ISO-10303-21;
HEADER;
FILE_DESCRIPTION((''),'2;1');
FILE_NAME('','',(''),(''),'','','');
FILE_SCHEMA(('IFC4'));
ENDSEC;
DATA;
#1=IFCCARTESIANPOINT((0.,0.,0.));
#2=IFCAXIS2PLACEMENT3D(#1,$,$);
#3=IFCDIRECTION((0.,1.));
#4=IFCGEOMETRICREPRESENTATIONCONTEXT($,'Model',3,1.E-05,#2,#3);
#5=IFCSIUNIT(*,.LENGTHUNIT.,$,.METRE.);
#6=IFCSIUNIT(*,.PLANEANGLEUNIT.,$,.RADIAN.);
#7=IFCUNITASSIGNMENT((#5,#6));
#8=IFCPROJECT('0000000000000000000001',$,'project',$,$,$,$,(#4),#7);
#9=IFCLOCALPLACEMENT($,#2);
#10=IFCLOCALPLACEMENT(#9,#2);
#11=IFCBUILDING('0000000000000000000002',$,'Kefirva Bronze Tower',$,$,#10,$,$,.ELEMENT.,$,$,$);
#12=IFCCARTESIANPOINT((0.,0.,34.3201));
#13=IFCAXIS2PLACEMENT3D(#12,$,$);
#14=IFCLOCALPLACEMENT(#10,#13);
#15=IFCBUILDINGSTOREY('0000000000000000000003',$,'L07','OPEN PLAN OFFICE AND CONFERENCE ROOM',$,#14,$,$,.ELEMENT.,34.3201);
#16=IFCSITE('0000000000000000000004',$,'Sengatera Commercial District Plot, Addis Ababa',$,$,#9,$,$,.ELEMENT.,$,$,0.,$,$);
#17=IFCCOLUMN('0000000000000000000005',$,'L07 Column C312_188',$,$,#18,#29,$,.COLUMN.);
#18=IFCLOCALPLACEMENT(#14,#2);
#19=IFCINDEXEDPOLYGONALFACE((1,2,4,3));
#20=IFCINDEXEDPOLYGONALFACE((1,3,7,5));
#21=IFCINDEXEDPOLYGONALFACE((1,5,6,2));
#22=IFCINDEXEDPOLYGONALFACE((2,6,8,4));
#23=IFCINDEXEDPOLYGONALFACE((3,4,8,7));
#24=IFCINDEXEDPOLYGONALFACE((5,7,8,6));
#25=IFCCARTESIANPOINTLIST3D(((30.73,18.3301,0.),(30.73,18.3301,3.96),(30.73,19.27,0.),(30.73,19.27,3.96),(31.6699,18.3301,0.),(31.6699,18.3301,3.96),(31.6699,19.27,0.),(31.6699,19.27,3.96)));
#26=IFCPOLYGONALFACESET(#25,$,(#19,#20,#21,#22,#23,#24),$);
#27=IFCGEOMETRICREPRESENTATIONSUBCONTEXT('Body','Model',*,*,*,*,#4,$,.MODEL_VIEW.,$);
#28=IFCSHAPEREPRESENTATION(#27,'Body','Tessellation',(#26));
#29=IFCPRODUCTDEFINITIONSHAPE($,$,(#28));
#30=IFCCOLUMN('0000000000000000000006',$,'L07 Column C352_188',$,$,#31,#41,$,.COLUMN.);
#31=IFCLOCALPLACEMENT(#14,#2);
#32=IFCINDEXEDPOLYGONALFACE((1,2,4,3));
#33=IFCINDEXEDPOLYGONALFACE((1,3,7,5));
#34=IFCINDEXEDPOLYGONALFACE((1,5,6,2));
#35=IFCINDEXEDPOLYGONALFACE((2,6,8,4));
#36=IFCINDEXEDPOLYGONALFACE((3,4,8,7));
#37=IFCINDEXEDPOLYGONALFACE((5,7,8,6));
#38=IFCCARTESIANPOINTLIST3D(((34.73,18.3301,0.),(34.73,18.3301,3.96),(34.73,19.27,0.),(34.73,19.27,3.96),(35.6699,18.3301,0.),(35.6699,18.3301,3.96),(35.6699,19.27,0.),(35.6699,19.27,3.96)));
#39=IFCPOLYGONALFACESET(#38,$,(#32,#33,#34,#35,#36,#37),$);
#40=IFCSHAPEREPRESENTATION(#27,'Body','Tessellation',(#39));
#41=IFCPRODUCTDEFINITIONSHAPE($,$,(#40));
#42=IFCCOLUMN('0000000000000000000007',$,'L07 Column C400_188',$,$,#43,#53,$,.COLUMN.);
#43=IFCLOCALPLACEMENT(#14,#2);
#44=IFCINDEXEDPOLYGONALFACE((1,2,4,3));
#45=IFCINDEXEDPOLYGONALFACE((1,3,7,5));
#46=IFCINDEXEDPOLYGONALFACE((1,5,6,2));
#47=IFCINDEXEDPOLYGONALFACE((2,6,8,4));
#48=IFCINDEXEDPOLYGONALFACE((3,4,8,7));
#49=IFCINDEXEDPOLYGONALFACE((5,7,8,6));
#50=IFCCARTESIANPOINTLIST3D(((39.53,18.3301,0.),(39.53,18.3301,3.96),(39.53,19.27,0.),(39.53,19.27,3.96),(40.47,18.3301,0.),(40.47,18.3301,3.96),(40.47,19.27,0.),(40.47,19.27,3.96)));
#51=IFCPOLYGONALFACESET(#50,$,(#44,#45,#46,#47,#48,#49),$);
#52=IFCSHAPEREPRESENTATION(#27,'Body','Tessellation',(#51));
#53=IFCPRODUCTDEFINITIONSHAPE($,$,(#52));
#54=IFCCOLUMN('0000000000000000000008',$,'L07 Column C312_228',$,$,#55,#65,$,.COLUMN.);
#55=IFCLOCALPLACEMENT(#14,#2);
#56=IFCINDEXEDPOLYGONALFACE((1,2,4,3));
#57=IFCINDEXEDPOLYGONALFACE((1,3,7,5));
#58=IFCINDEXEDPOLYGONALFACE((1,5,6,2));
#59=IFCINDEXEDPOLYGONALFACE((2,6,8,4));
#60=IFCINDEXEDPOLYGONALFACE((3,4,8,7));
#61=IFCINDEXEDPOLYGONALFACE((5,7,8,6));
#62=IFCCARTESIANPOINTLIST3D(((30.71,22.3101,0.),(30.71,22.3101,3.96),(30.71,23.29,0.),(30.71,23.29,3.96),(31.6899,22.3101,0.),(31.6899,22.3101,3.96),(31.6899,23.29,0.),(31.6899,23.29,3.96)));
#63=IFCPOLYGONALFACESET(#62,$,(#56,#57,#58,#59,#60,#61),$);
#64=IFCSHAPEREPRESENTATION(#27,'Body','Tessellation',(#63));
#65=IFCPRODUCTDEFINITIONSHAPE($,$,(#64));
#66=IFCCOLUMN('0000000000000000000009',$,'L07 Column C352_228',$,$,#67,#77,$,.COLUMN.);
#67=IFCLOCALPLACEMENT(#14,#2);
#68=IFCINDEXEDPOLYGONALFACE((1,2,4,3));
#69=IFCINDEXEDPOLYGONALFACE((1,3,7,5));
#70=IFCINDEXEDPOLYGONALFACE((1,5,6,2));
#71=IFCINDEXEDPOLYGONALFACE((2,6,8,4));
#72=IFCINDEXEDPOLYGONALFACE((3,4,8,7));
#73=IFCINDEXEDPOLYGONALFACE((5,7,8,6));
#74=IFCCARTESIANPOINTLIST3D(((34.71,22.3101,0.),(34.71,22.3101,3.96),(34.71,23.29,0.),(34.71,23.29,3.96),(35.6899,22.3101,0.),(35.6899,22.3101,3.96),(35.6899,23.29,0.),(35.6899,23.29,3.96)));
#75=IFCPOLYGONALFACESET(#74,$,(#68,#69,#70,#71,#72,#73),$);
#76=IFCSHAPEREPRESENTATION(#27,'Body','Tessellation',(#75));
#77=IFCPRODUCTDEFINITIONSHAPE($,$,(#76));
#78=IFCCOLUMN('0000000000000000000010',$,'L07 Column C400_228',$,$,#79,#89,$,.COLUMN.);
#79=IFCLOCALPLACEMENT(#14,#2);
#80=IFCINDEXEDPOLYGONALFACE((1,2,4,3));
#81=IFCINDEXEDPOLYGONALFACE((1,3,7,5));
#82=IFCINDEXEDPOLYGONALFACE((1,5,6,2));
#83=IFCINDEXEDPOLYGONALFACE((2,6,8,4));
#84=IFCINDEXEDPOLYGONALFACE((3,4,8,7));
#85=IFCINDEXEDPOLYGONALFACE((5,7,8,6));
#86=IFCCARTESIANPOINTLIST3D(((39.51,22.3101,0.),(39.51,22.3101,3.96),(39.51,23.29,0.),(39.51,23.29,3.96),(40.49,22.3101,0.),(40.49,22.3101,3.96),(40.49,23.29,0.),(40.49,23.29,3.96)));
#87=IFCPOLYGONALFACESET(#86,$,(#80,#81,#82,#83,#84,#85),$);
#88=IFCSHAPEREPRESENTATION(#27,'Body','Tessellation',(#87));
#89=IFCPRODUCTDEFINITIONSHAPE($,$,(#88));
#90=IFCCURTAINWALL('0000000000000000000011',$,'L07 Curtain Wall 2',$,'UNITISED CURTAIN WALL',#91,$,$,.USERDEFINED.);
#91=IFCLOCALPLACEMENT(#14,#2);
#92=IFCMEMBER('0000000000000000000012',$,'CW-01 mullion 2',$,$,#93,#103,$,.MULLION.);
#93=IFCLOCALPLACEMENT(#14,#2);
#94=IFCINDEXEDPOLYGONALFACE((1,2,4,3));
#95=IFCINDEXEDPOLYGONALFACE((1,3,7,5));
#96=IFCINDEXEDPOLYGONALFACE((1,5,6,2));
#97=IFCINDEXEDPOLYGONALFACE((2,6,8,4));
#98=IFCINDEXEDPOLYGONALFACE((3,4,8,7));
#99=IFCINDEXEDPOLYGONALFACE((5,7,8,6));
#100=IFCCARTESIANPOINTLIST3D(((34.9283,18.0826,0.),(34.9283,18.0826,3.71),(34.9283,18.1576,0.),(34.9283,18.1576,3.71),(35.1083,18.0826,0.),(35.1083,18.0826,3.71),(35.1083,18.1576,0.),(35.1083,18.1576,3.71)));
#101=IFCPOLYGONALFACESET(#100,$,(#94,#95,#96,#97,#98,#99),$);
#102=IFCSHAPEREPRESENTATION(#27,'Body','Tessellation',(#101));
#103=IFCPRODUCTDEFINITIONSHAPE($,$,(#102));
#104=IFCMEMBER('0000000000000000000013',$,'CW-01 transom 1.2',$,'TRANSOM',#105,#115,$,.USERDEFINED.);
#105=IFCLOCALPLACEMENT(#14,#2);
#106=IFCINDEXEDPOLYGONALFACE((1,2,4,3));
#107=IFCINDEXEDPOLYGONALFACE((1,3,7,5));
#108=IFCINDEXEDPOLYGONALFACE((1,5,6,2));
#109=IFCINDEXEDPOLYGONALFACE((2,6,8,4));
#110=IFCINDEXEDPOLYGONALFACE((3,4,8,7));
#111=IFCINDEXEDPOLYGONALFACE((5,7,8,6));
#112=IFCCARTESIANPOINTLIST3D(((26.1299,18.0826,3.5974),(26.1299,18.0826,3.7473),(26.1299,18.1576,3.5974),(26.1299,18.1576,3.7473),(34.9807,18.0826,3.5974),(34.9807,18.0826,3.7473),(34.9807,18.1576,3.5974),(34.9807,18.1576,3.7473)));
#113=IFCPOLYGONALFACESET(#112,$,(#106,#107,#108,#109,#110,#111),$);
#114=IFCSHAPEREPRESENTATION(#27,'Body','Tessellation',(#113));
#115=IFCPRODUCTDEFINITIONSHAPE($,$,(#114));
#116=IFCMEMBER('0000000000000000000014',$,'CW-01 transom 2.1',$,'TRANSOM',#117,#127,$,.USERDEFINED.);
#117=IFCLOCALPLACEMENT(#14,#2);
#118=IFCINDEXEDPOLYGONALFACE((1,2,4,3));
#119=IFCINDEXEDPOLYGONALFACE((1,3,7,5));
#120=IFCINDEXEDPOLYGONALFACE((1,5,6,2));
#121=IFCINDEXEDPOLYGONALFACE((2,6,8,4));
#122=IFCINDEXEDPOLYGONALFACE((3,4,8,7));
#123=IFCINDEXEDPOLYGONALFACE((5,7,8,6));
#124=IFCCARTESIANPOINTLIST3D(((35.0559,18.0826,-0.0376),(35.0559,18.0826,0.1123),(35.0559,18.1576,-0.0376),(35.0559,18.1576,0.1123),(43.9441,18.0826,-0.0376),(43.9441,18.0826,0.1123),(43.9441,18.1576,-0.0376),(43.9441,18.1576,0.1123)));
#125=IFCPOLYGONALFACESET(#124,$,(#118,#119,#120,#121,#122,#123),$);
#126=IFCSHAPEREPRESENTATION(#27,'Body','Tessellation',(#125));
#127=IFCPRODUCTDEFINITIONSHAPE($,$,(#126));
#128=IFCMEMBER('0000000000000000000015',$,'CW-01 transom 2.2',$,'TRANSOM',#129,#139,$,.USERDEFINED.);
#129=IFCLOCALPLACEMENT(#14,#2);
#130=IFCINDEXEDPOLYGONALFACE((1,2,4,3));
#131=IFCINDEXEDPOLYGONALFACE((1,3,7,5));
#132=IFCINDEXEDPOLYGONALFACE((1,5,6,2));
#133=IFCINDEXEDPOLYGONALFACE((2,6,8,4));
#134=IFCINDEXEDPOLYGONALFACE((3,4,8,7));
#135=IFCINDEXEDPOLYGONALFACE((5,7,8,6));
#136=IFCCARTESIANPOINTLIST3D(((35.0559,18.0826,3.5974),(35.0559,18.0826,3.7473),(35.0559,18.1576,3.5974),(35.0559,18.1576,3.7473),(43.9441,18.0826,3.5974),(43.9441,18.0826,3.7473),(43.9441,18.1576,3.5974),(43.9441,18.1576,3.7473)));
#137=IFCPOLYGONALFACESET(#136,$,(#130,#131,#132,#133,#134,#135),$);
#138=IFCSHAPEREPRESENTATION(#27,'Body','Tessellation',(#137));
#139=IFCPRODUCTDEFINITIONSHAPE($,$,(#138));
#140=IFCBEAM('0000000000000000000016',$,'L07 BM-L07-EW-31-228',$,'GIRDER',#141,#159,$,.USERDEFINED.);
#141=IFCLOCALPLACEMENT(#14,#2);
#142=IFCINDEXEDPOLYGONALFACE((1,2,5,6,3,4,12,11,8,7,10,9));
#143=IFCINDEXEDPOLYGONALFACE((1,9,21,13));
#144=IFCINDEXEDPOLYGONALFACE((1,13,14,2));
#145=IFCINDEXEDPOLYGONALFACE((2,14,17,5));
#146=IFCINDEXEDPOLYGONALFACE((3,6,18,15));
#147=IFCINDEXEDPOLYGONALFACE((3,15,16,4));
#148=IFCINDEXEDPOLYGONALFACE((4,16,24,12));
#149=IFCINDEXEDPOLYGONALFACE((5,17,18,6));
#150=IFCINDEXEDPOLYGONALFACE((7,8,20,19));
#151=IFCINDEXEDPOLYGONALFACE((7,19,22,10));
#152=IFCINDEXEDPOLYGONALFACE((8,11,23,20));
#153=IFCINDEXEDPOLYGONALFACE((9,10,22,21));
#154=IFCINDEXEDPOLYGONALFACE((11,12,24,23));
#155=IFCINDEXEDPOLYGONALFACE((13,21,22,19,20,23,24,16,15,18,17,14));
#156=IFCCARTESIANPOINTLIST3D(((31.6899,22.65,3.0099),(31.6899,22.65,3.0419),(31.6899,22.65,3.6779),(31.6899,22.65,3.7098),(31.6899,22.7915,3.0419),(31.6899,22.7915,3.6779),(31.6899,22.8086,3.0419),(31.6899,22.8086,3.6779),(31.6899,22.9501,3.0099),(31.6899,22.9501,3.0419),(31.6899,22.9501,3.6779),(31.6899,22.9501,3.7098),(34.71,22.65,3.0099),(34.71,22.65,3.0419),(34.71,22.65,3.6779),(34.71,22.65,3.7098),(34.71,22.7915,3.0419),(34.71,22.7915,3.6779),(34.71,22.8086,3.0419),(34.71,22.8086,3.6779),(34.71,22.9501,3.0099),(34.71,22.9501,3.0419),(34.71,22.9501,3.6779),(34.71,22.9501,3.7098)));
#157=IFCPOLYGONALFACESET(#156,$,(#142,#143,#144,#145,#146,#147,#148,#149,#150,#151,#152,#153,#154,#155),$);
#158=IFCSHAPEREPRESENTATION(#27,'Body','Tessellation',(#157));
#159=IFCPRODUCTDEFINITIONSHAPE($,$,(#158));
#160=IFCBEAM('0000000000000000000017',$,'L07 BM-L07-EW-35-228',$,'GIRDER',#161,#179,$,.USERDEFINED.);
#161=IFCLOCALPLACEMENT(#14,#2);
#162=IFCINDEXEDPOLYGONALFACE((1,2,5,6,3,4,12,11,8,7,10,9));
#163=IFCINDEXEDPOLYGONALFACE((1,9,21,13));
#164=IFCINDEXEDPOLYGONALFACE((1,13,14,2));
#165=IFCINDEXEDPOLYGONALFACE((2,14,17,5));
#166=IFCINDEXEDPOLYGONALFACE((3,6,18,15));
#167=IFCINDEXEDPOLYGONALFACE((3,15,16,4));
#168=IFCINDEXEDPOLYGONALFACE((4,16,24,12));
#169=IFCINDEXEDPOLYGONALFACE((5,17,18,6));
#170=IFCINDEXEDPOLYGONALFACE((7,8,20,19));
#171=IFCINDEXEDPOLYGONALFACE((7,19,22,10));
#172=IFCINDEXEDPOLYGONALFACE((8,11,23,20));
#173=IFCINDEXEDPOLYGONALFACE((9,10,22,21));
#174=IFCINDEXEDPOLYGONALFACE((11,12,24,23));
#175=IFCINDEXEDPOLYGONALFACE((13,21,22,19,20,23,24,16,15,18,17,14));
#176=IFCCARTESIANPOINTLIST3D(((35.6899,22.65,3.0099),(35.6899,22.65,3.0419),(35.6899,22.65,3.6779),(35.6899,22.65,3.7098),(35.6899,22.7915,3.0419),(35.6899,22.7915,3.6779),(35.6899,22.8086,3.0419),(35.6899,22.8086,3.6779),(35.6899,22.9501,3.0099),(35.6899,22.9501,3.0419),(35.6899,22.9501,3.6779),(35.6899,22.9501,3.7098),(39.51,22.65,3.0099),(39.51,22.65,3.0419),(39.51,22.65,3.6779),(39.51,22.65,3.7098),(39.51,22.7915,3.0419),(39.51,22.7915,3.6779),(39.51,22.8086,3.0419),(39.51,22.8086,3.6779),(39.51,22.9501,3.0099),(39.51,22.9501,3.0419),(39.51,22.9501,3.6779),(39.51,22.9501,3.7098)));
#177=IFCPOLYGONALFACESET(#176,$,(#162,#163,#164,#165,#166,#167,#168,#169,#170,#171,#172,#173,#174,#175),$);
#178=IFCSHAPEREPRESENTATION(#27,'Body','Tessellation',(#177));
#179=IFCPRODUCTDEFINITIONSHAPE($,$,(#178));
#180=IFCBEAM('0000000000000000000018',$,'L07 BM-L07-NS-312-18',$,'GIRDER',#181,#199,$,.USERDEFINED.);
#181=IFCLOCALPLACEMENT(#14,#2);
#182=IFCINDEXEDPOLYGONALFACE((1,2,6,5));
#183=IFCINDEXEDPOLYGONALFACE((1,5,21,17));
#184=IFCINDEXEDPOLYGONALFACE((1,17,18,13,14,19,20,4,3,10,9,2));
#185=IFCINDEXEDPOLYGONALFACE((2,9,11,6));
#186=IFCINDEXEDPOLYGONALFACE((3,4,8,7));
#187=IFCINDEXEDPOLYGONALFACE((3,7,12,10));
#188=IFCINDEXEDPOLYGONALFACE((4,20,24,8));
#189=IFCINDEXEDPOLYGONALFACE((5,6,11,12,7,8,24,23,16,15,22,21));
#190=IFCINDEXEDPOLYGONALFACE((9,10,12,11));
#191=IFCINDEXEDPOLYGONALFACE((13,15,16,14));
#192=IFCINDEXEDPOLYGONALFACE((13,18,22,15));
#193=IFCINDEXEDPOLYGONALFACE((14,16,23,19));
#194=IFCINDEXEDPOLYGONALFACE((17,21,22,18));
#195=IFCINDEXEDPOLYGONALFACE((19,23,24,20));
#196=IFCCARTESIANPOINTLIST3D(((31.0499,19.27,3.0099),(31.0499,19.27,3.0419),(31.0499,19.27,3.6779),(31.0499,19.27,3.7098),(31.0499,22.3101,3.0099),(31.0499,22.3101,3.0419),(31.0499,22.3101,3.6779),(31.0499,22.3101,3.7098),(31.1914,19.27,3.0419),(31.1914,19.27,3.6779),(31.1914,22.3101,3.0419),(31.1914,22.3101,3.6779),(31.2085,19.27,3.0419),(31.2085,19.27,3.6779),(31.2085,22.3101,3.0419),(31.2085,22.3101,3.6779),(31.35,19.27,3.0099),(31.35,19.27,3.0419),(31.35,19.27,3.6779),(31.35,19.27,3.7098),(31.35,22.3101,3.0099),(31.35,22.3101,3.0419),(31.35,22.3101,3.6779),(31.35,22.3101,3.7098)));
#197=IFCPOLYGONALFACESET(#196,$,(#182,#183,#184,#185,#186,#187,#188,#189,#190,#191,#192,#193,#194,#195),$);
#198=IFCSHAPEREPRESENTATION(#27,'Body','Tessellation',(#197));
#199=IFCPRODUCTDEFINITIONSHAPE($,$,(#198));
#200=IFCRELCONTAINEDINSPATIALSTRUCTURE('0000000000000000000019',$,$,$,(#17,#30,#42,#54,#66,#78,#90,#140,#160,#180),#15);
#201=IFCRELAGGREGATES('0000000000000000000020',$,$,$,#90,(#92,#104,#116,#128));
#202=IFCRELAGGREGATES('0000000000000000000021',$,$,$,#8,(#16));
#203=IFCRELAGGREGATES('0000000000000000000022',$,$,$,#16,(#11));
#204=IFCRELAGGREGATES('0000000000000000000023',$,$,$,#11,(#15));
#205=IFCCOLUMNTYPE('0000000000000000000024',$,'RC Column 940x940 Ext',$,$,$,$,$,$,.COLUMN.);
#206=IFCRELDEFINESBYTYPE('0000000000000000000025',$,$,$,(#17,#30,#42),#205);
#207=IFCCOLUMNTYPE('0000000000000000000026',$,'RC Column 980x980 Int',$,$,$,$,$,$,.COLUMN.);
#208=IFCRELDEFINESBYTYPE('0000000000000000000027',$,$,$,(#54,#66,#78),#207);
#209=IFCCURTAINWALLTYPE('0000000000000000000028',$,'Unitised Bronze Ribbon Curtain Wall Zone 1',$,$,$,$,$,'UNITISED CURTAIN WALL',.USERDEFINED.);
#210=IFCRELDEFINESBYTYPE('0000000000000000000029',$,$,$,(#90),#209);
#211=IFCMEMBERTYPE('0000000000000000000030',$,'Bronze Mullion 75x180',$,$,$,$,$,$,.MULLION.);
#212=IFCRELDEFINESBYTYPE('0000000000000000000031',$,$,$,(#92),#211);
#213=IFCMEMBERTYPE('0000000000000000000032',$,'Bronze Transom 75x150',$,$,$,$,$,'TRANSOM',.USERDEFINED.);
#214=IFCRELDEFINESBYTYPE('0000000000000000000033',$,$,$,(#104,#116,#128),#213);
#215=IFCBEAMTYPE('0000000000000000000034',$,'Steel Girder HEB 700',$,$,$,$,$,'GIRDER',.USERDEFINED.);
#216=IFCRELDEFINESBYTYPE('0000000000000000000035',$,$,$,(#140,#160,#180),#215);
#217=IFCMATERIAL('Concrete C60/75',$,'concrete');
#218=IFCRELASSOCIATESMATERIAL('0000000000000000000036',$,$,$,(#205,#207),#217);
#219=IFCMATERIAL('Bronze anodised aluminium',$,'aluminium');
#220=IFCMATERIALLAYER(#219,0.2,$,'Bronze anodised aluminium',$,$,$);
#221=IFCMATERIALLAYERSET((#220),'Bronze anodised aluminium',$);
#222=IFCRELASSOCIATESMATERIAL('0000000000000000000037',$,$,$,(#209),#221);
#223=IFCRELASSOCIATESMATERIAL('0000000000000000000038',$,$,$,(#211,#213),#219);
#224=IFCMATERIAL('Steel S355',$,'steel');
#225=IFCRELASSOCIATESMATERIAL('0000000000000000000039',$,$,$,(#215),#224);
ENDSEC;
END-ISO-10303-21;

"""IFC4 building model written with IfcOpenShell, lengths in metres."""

from ifc_helpers import new_model, si_unit, direction, frame, origin, origin_2d, place, context, subcontext, project, spatial, rectangle, i_section, extrude, material, layer, layer_set, material_profile, profile_set, type_object, element, aggregate, save


model = new_model("IFC4")

# Units and contexts
model_context = context("Model", 3, precision=1e-05, world=origin(), true_north=direction((0.0, 1.0)))
body_context = subcontext(model_context, "Body", "Model", "MODEL_VIEW")
ifc_project = project(units=[si_unit("LENGTHUNIT", "METRE"), si_unit("PLANEANGLEUNIT", "RADIAN")], contexts=[model_context])

# Site, building, storey
site_placement = place(None, origin())
site = spatial("IfcSite", under=ifc_project, at=site_placement, Name="Sengatera Commercial District Plot, Addis Ababa", CompositionType="ELEMENT", RefElevation=0.0)
building_placement = place(site_placement, origin())
building = spatial("IfcBuilding", under=site, at=building_placement, Name="Kefirva Bronze Tower", CompositionType="ELEMENT")
storey_placement = place(building_placement, frame((0.0, 0.0, 34.3201)))
storey = spatial("IfcBuildingStorey", under=building, at=storey_placement, Name="L07", Description="OPEN PLAN OFFICE AND CONFERENCE ROOM", CompositionType="ELEMENT", Elevation=34.3201)

# Columns
ifc_material_1 = material(Name="Concrete C60/75", Category="concrete")
ifc_material_profile_1 = material_profile(ifc_material_1, rectangle(XDim=0.9399, YDim=0.9399, at=origin_2d()), Name="RC 940x940")
ifc_profile_set_1 = profile_set([ifc_material_profile_1], Name="Concrete C60/75")
column_type_1 = type_object("IfcColumnType", Name="RC Column 940x940 Ext", PredefinedType="COLUMN", material=ifc_profile_set_1)
for number, where, z_axis, x_axis, name in (
    (1, (31.2, 18.8, 0.0), (0.0, 0.0, 1.0), (1.0, 0.0, 0.0), "L07 Column C312_188"),
    (2, (35.2, 18.8, 0.0), (0.0, 0.0, 1.0), (1.0, 0.0, 0.0), "L07 Column C352_188"),
    (3, (40.0, 18.8, 0.0), (0.0, 0.0, 1.0), (1.0, 0.0, 0.0), "L07 Column C400_188"),
):
    element("IfcColumn", number, at=place(storey_placement, frame(where, z_axis=z_axis, x_axis=x_axis)), inside=storey, type_object=column_type_1, Name=name, PredefinedType="COLUMN", context=body_context, shape_type="SweptSolid", body=[
        extrude(rectangle(XDim=0.9399, YDim=0.9399, at=origin_2d()), origin(), (0.0, 0.0, 1.0), 3.96),
    ])
ifc_material_profile_2 = material_profile(ifc_material_1, rectangle(XDim=0.98, YDim=0.98, at=origin_2d()), Name="RC 980x980")
ifc_profile_set_2 = profile_set([ifc_material_profile_2], Name="Concrete C60/75")
column_type_2 = type_object("IfcColumnType", Name="RC Column 980x980 Int", PredefinedType="COLUMN", material=ifc_profile_set_2)
for number, where, z_axis, x_axis, name in (
    (4, (31.2, 22.8, 0.0), (0.0, 0.0, 1.0), (1.0, 0.0, 0.0), "L07 Column C312_228"),
    (5, (35.2, 22.8, 0.0), (0.0, 0.0, 1.0), (1.0, 0.0, 0.0), "L07 Column C352_228"),
    (6, (40.0, 22.8, 0.0), (0.0, 0.0, 1.0), (1.0, 0.0, 0.0), "L07 Column C400_228"),
):
    element("IfcColumn", number, at=place(storey_placement, frame(where, z_axis=z_axis, x_axis=x_axis)), inside=storey, type_object=column_type_2, Name=name, PredefinedType="COLUMN", context=body_context, shape_type="SweptSolid", body=[
        extrude(rectangle(XDim=0.98, YDim=0.98, at=origin_2d()), origin(), (0.0, 0.0, 1.0), 3.96),
    ])

# Curtain wall, members
ifc_material_2 = material(Name="Bronze anodised aluminium", Category="aluminium")
ifc_layer_1 = layer(ifc_material_2, 0.2, Name="Bronze anodised aluminium")
ifc_layer_set_1 = layer_set([ifc_layer_1], Name="Bronze anodised aluminium")
curtain_wall_type = type_object("IfcCurtainWallType", Name="Unitised Bronze Ribbon Curtain Wall Zone 1", ElementType="UNITISED CURTAIN WALL", PredefinedType="USERDEFINED", material=ifc_layer_set_1)
curtain_wall_placement = place(storey_placement, origin())
curtain_wall = element("IfcCurtainWall", 7, at=curtain_wall_placement, inside=storey, type_object=curtain_wall_type, Name="L07 Curtain Wall 2", ObjectType="UNITISED CURTAIN WALL", PredefinedType="USERDEFINED")
ifc_material_profile_3 = material_profile(ifc_material_2, rectangle(XDim=0.075, YDim=0.1799, at=origin_2d()), Name="ALU 75x180")
ifc_profile_set_3 = profile_set([ifc_material_profile_3], Name="Bronze anodised aluminium")
member_type_1 = type_object("IfcMemberType", Name="Bronze Mullion 75x180", PredefinedType="MULLION", material=ifc_profile_set_3)
member_1_placement = place(storey_placement, frame((35.0183, 18.1201, 0.0), z_axis=(0.0, 0.0, 1.0), x_axis=(0.0, 1.0, 0.0)))
member_1 = element("IfcMember", 8, at=member_1_placement, type_object=member_type_1, Name="CW-01 mullion 2", PredefinedType="MULLION", context=body_context, shape_type="SweptSolid", body=[
    extrude(rectangle(XDim=0.075, YDim=0.1799, at=origin_2d()), origin(), (0.0, 0.0, 1.0), 3.71),
])
ifc_material_profile_4 = material_profile(ifc_material_2, rectangle(XDim=0.075, YDim=0.1499, at=origin_2d()), Name="ALU 75x150")
ifc_profile_set_4 = profile_set([ifc_material_profile_4], Name="Bronze anodised aluminium")
member_type_2 = type_object("IfcMemberType", Name="Bronze Transom 75x150", ElementType="TRANSOM", PredefinedType="USERDEFINED", material=ifc_profile_set_4)
member_2_placement = place(storey_placement, frame((26.1299, 18.1201, 3.6724), z_axis=(1.0, 0.0, 0.0), x_axis=(0.0, 1.0, 0.0)))
member_2 = element("IfcMember", 9, at=member_2_placement, type_object=member_type_2, Name="CW-01 transom 1.2", ObjectType="TRANSOM", PredefinedType="USERDEFINED", context=body_context, shape_type="SweptSolid", body=[
    extrude(rectangle(XDim=0.075, YDim=0.1499, at=origin_2d()), origin(), (0.0, 0.0, 1.0), 8.8508),
])
member_3_placement = place(storey_placement, frame((35.0559, 18.1201, 0.0374), z_axis=(1.0, 0.0, 0.0), x_axis=(0.0, 1.0, 0.0)))
member_3 = element("IfcMember", 10, at=member_3_placement, type_object=member_type_2, Name="CW-01 transom 2.1", ObjectType="TRANSOM", PredefinedType="USERDEFINED", context=body_context, shape_type="SweptSolid", body=[
    extrude(rectangle(XDim=0.075, YDim=0.1499, at=origin_2d()), origin(), (0.0, 0.0, 1.0), 8.8882),
])
member_4_placement = place(storey_placement, frame((35.0559, 18.1201, 3.6724), z_axis=(1.0, 0.0, 0.0), x_axis=(0.0, 1.0, 0.0)))
member_4 = element("IfcMember", 11, at=member_4_placement, type_object=member_type_2, Name="CW-01 transom 2.2", ObjectType="TRANSOM", PredefinedType="USERDEFINED", context=body_context, shape_type="SweptSolid", body=[
    extrude(rectangle(XDim=0.075, YDim=0.1499, at=origin_2d()), origin(), (0.0, 0.0, 1.0), 8.8882),
])

# Beams
ifc_material_3 = material(Name="Steel S355", Category="steel")
ifc_material_profile_5 = material_profile(ifc_material_3, i_section(OverallWidth=0.3, OverallDepth=0.7, WebThickness=0.0171, FlangeThickness=0.032, at=origin_2d()), Name="HEB 700")
ifc_profile_set_5 = profile_set([ifc_material_profile_5], Name="Steel S355")
beam_type_1 = type_object("IfcBeamType", Name="Steel Girder HEB 700", ElementType="GIRDER", PredefinedType="USERDEFINED", material=ifc_profile_set_5)
beam_1_placement = place(storey_placement, frame((31.6899, 22.8, 3.3599), z_axis=(1.0, 0.0, 0.0), x_axis=(0.0, 1.0, 0.0)))
element("IfcBeam", 12, at=beam_1_placement, inside=storey, type_object=beam_type_1, Name="L07 BM-L07-EW-31-228", ObjectType="GIRDER", PredefinedType="USERDEFINED", context=body_context, shape_type="SweptSolid", body=[
    extrude(i_section(OverallWidth=0.3, OverallDepth=0.7, WebThickness=0.0171, FlangeThickness=0.032, at=origin_2d()), origin(), (0.0, 0.0, 1.0), 3.02),
])
beam_2_placement = place(storey_placement, frame((35.6899, 22.8, 3.3599), z_axis=(1.0, 0.0, 0.0), x_axis=(0.0, 1.0, 0.0)))
element("IfcBeam", 13, at=beam_2_placement, inside=storey, type_object=beam_type_1, Name="L07 BM-L07-EW-35-228", ObjectType="GIRDER", PredefinedType="USERDEFINED", context=body_context, shape_type="SweptSolid", body=[
    extrude(i_section(OverallWidth=0.3, OverallDepth=0.7, WebThickness=0.0171, FlangeThickness=0.032, at=origin_2d()), origin(), (0.0, 0.0, 1.0), 3.8201),
])
beam_3_placement = place(storey_placement, frame((31.2, 19.27, 3.3599), z_axis=(0.0, 1.0, 0.0), x_axis=(-1.0, 0.0, 0.0)))
element("IfcBeam", 14, at=beam_3_placement, inside=storey, type_object=beam_type_1, Name="L07 BM-L07-NS-312-18", ObjectType="GIRDER", PredefinedType="USERDEFINED", context=body_context, shape_type="SweptSolid", body=[
    extrude(i_section(OverallWidth=0.3, OverallDepth=0.7, WebThickness=0.0171, FlangeThickness=0.032, at=origin_2d()), origin(), (0.0, 0.0, 1.0), 3.04),
])

aggregate(curtain_wall, [member_1, member_2, member_3, member_4])

save(model, "model.ifc")
